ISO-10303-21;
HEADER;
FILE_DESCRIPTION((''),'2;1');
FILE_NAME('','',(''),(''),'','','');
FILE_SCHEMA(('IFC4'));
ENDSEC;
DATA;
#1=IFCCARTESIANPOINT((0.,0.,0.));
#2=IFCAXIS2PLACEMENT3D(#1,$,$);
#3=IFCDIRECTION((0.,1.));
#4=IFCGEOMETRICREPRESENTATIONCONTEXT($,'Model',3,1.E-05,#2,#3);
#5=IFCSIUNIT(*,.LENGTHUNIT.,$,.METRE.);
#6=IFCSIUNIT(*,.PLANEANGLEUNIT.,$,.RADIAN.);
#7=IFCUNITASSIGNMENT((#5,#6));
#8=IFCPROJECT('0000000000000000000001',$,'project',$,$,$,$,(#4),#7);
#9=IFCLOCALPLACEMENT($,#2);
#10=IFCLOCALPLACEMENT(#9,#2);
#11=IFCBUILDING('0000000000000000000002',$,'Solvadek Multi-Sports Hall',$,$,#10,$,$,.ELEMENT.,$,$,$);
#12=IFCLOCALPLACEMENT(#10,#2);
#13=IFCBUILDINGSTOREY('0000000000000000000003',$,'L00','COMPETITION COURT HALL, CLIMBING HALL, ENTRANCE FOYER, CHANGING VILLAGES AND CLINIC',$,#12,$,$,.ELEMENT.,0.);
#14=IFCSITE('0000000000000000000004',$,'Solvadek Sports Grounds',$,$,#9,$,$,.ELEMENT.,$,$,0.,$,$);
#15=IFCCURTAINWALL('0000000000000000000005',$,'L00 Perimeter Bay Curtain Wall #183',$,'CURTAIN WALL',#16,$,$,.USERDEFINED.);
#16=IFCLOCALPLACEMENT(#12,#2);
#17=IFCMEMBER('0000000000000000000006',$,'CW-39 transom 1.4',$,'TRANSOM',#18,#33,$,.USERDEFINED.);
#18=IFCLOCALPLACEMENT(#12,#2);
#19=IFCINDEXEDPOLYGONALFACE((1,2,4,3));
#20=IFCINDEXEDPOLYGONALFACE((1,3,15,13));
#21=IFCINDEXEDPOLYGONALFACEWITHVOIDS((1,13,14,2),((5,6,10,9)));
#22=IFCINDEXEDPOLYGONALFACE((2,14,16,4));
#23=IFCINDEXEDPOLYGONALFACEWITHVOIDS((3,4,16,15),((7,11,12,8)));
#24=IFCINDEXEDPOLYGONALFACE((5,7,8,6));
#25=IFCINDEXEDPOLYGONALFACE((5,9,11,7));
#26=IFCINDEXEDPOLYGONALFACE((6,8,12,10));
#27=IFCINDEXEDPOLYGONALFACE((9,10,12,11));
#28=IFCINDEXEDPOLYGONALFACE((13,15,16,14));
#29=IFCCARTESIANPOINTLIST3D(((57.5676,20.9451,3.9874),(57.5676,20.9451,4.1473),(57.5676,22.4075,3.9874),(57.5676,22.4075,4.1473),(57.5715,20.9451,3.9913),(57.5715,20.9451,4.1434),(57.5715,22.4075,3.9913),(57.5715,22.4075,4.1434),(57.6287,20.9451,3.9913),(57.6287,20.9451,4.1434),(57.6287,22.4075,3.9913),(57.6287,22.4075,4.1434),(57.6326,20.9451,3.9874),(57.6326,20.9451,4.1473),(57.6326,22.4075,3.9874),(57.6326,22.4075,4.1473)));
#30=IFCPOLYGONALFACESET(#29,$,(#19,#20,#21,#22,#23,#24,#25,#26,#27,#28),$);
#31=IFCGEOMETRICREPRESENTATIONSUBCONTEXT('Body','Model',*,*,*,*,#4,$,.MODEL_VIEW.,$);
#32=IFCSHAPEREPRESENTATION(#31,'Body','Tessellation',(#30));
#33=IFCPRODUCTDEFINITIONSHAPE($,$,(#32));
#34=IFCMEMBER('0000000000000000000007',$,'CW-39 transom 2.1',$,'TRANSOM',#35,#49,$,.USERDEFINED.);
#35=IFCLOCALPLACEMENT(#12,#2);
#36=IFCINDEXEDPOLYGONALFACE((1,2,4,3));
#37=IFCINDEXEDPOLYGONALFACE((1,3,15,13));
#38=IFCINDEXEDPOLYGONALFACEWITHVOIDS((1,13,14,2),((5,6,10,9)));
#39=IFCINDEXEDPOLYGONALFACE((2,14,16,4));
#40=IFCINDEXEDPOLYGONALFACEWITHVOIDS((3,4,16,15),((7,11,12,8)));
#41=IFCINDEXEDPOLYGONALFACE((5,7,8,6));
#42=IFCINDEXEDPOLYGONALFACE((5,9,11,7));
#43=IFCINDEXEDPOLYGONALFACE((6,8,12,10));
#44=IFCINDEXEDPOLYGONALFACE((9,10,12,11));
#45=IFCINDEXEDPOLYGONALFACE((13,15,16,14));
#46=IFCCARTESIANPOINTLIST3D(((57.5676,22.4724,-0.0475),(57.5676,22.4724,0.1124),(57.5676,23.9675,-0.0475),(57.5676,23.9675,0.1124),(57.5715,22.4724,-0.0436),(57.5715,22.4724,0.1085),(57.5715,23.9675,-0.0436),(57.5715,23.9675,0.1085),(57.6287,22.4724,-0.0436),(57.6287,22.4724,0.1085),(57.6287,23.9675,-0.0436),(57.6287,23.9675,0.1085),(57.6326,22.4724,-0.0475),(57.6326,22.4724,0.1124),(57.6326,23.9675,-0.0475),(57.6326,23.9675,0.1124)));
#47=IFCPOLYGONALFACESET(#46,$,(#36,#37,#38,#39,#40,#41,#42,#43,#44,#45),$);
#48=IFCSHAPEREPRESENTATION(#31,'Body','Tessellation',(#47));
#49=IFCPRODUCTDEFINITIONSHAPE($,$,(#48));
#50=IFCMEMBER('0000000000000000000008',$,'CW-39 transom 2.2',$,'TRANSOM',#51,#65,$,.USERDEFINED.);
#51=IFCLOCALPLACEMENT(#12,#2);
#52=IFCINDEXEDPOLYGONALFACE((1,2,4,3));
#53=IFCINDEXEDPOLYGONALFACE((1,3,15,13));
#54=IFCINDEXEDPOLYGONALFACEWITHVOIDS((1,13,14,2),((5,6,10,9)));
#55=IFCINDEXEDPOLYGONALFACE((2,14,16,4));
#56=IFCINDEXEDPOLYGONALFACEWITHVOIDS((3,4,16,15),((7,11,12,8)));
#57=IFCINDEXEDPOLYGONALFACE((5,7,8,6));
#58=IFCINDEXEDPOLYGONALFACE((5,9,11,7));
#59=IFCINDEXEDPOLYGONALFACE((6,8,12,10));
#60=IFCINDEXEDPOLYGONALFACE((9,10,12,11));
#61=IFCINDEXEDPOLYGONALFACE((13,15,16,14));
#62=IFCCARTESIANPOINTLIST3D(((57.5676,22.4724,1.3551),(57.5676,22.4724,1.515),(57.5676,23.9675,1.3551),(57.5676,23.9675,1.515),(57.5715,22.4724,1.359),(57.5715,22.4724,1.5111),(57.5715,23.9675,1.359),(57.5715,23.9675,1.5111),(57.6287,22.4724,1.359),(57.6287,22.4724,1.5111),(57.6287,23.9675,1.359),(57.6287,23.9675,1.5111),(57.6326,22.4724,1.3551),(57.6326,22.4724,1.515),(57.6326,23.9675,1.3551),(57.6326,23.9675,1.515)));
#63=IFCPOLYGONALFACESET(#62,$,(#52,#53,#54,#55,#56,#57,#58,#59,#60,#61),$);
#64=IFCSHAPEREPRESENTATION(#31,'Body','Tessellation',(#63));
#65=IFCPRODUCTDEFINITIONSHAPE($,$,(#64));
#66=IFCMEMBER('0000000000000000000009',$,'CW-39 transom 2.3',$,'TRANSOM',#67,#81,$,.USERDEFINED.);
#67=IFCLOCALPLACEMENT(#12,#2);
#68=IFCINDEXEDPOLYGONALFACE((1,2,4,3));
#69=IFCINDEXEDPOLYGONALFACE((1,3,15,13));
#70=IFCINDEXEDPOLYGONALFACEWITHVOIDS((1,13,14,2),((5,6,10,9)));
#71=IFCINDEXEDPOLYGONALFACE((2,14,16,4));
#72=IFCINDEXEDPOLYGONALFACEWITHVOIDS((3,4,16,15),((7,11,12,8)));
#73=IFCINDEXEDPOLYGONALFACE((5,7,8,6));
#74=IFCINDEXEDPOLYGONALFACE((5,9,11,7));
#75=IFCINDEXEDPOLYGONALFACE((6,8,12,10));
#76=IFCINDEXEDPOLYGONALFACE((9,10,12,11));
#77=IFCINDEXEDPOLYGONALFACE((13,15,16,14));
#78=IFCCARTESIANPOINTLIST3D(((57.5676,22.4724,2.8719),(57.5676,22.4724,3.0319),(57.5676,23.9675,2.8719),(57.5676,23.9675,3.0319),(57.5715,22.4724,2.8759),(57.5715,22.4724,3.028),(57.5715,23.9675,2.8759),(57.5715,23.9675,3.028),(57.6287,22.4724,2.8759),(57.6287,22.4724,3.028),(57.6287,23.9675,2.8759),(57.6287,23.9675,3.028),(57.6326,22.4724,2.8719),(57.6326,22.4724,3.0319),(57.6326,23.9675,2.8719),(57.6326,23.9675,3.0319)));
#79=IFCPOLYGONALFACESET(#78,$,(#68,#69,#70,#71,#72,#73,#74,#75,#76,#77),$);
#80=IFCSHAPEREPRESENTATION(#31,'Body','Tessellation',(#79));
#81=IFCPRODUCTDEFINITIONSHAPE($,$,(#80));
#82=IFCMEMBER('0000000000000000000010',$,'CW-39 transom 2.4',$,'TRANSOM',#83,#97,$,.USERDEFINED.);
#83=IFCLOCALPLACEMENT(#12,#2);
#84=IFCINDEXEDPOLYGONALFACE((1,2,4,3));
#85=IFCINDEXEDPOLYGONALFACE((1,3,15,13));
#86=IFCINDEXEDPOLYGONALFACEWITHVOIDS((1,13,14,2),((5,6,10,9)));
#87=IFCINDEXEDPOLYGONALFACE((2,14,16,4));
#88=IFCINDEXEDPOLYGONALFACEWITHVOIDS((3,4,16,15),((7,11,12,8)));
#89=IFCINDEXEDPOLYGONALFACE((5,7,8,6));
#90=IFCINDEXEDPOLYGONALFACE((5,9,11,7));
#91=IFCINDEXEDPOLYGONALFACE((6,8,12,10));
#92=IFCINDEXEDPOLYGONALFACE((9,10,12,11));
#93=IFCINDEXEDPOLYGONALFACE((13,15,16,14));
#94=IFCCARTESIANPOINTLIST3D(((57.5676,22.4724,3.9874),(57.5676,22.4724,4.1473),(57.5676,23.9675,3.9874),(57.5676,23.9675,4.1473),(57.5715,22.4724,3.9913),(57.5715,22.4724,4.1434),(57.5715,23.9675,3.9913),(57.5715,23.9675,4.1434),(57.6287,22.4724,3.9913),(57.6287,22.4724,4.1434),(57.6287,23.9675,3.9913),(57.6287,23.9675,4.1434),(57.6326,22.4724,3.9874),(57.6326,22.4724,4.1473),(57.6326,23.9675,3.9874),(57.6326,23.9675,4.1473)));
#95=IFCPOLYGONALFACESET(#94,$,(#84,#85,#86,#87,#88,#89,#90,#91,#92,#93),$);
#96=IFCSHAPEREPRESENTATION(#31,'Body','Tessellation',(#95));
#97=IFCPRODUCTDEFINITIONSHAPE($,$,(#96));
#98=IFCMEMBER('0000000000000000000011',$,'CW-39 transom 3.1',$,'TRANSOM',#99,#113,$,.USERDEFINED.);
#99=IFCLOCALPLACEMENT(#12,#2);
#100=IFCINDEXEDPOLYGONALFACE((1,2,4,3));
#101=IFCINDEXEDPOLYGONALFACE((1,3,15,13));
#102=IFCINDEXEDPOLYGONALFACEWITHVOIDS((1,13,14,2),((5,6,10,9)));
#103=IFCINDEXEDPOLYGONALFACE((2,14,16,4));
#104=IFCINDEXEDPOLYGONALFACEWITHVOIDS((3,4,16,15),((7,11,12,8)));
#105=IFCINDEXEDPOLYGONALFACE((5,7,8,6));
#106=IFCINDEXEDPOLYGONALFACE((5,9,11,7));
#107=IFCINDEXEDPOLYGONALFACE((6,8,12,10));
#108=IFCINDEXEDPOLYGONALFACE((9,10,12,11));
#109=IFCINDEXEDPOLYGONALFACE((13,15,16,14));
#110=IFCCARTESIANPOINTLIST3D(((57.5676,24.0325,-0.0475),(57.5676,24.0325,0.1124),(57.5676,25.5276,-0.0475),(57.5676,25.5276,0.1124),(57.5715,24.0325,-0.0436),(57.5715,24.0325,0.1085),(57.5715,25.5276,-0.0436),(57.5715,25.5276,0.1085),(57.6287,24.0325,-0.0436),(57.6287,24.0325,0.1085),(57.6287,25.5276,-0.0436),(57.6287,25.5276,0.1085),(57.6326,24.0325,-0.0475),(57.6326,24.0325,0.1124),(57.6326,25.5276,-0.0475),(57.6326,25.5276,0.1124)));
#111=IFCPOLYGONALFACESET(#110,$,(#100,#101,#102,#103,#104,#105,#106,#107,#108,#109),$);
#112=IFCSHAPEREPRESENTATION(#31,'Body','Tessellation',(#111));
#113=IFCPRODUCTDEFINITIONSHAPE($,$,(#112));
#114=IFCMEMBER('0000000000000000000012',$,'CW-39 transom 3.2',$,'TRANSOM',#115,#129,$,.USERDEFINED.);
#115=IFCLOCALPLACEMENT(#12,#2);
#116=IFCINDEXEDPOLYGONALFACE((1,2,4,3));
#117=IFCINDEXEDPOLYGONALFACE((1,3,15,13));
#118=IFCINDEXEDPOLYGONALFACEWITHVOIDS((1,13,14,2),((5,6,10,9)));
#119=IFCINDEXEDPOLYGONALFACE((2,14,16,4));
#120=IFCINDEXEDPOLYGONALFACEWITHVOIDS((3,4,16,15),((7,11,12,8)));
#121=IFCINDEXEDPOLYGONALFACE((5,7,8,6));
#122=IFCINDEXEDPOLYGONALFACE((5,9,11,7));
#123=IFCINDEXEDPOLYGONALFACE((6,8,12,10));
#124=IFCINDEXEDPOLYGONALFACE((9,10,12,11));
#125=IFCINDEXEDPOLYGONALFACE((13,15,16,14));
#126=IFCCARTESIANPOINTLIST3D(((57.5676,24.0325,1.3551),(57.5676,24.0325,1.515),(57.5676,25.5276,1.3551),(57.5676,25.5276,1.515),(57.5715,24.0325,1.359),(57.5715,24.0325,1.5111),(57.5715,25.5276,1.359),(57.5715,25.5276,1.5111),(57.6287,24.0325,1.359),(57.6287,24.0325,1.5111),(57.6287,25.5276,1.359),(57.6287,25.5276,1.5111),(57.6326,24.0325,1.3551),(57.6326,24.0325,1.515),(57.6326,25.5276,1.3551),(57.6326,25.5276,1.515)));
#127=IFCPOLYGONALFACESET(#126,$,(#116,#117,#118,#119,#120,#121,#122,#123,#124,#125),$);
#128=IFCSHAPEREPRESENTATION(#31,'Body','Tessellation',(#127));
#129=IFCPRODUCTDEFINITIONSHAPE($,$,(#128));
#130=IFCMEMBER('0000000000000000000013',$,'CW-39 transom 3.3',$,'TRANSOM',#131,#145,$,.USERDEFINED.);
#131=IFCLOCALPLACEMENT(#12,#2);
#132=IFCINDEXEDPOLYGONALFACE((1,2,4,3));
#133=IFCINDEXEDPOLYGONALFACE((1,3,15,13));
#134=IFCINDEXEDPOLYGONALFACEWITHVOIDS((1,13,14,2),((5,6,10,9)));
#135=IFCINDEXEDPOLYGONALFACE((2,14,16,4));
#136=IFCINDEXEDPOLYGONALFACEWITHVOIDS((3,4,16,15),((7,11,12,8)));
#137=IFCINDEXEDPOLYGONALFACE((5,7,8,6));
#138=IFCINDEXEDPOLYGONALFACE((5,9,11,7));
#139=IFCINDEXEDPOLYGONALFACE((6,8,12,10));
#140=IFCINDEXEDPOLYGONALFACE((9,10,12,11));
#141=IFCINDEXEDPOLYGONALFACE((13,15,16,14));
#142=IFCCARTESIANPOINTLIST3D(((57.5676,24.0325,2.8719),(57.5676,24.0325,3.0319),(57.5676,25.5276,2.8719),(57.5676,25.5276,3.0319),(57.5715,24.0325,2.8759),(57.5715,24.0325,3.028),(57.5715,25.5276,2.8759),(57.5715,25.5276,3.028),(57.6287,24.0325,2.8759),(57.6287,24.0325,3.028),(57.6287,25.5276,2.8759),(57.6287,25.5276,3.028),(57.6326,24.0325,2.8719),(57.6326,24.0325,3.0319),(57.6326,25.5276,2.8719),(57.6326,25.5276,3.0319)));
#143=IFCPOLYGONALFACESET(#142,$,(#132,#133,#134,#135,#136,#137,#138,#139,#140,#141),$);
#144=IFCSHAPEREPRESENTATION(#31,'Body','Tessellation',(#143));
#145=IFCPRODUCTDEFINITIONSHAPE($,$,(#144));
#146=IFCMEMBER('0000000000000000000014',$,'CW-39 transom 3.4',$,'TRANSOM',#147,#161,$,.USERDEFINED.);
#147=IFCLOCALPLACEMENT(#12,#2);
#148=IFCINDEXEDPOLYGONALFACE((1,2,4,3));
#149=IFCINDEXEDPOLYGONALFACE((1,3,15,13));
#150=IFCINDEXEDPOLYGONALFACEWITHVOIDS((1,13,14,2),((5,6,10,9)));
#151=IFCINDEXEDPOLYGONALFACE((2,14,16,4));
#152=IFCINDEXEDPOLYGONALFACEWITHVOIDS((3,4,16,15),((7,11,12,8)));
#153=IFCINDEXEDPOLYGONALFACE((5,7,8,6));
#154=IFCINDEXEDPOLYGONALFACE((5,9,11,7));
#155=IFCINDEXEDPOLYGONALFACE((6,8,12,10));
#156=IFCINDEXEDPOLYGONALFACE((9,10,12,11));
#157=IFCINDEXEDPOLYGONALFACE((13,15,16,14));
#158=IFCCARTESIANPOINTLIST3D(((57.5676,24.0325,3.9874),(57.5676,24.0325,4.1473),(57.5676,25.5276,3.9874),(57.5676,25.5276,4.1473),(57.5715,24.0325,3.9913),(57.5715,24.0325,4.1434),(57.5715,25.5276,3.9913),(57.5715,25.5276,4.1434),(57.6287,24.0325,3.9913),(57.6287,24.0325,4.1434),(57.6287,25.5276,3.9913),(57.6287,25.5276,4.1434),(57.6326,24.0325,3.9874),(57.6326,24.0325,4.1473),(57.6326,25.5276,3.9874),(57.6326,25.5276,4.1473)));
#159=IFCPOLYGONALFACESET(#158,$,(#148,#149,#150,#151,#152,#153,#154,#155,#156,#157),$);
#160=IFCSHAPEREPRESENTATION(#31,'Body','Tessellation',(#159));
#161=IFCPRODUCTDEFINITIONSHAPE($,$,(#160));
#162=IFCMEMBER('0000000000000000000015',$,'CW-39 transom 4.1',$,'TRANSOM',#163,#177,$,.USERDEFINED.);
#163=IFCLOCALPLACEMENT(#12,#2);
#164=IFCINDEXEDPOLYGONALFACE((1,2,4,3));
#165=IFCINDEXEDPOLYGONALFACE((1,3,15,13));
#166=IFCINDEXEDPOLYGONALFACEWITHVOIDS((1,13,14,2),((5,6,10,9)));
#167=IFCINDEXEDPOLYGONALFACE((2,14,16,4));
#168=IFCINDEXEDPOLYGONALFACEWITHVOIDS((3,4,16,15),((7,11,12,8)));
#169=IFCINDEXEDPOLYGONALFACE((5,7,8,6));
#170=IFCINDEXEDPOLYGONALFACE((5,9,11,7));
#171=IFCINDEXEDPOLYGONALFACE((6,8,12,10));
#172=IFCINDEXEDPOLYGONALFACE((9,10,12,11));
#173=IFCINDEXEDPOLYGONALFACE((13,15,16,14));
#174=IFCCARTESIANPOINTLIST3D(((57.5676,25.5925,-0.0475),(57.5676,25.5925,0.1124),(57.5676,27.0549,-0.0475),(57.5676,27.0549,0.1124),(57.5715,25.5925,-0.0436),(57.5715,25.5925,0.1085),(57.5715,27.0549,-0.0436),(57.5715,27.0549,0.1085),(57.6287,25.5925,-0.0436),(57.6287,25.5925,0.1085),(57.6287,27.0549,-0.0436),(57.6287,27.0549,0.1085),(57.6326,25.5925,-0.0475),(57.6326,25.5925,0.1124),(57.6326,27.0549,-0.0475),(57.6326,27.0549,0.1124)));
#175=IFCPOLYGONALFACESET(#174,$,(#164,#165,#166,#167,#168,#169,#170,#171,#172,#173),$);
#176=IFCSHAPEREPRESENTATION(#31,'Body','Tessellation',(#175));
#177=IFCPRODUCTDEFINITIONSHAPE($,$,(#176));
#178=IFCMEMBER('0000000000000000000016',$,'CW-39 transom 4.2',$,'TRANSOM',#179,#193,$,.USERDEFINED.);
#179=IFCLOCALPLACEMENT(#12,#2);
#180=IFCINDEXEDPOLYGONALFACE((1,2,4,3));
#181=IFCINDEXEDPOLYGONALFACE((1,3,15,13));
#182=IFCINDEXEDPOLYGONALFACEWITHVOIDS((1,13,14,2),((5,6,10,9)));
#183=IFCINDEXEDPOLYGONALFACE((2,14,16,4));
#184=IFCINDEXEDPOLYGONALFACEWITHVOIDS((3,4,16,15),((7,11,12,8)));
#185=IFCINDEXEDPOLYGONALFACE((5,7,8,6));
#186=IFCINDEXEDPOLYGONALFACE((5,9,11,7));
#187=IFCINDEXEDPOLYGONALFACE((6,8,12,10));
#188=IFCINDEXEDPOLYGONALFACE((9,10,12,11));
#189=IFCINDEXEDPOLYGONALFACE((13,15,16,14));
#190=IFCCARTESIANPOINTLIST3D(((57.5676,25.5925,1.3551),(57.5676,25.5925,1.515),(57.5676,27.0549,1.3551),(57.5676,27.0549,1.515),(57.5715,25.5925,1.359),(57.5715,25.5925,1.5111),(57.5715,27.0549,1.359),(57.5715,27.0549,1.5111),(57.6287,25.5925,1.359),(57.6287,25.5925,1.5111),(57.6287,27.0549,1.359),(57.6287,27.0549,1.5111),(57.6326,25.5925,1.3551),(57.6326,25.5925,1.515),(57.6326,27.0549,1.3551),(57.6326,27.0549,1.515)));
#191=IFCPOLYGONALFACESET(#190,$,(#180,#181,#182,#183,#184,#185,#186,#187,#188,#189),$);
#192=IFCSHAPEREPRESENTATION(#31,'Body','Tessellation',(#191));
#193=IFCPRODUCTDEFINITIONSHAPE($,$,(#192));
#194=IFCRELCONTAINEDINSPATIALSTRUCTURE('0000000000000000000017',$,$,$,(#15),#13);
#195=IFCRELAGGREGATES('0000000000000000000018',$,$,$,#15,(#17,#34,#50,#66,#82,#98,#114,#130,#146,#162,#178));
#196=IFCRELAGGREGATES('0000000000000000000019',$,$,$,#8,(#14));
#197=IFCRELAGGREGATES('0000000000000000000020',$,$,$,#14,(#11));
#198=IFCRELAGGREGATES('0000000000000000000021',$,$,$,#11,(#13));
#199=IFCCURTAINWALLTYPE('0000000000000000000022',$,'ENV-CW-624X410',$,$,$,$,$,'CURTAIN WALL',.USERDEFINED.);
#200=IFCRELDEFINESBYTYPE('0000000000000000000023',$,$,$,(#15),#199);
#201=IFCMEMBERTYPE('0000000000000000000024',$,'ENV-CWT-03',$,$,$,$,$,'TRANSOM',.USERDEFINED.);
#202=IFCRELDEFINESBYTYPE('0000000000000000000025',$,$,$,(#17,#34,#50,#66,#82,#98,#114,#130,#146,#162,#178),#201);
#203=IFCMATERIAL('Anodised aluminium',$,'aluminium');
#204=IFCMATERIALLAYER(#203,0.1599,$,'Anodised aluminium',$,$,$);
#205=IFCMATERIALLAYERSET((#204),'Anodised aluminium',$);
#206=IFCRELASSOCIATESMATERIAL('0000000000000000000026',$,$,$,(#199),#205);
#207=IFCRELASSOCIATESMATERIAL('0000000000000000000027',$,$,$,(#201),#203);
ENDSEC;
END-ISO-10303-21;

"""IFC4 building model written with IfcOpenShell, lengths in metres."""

from ifc_helpers import new_model, si_unit, direction, frame, origin, origin_2d, place, context, subcontext, project, spatial, hollow_rectangle, extrude, material, layer, layer_set, material_profile, profile_set, type_object, element, aggregate, save


model = new_model("IFC4")

# Units and contexts
model_context = context("Model", 3, precision=1e-05, world=origin(), true_north=direction((0.0, 1.0)))
body_context = subcontext(model_context, "Body", "Model", "MODEL_VIEW")
ifc_project = project(units=[si_unit("LENGTHUNIT", "METRE"), si_unit("PLANEANGLEUNIT", "RADIAN")], contexts=[model_context])

# Site, building, storey
site_placement = place(None, origin())
site = spatial("IfcSite", under=ifc_project, at=site_placement, Name="Solvadek Sports Grounds", CompositionType="ELEMENT", RefElevation=0.0)
building_placement = place(site_placement, origin())
building = spatial("IfcBuilding", under=site, at=building_placement, Name="Solvadek Multi-Sports Hall", CompositionType="ELEMENT")
storey_placement = place(building_placement, origin())
storey = spatial("IfcBuildingStorey", under=building, at=storey_placement, Name="L00", Description="COMPETITION COURT HALL, CLIMBING HALL, ENTRANCE FOYER, CHANGING VILLAGES AND CLINIC", CompositionType="ELEMENT", Elevation=0.0)

# Shared definitions
ifc_material_1 = material(Name="Anodised aluminium", Category="aluminium")

# Curtain wall, members
ifc_layer_1 = layer(ifc_material_1, 0.1599, Name="Anodised aluminium")
ifc_layer_set_1 = layer_set([ifc_layer_1], Name="Anodised aluminium")
curtain_wall_type_1 = type_object("IfcCurtainWallType", Name="ENV-CW-624X410", ElementType="CURTAIN WALL", PredefinedType="USERDEFINED", material=ifc_layer_set_1)
curtain_wall_1_placement = place(storey_placement, origin())
curtain_wall_1 = element("IfcCurtainWall", 1, at=curtain_wall_1_placement, inside=storey, type_object=curtain_wall_type_1, Name="L00 Perimeter Bay Curtain Wall #183", ObjectType="CURTAIN WALL", PredefinedType="USERDEFINED")
ifc_material_profile_1 = material_profile(ifc_material_1, hollow_rectangle(XDim=0.0649, YDim=0.1599, WallThickness=0.0039, at=origin_2d()), Name="ALU-T 160x65x4")
ifc_profile_set_1 = profile_set([ifc_material_profile_1], Name="Anodised aluminium")
member_type_1 = type_object("IfcMemberType", Name="ENV-CWT-03", ElementType="TRANSOM", PredefinedType="USERDEFINED", material=ifc_profile_set_1)
member_1_placement = place(storey_placement, frame((57.6001, 20.9451, 4.0674), z_axis=(0.0, 1.0, 0.0), x_axis=(-1.0, 0.0, 0.0)))
member_1 = element("IfcMember", 2, at=member_1_placement, type_object=member_type_1, Name="CW-39 transom 1.4", ObjectType="TRANSOM", PredefinedType="USERDEFINED", context=body_context, shape_type="SweptSolid", body=[
    extrude(hollow_rectangle(XDim=0.0649, YDim=0.1599, WallThickness=0.0039, at=origin_2d()), origin(), (0.0, 0.0, 1.0), 1.4624),
])
member_2_placement = place(storey_placement, frame((57.6001, 22.4724, 0.0325), z_axis=(0.0, 1.0, 0.0), x_axis=(-1.0, 0.0, 0.0)))
member_2 = element("IfcMember", 3, at=member_2_placement, type_object=member_type_1, Name="CW-39 transom 2.1", ObjectType="TRANSOM", PredefinedType="USERDEFINED", context=body_context, shape_type="SweptSolid", body=[
    extrude(hollow_rectangle(XDim=0.0649, YDim=0.1599, WallThickness=0.0039, at=origin_2d()), origin(), (0.0, 0.0, 1.0), 1.4951),
])
member_3_placement = place(storey_placement, frame((57.6001, 22.4724, 1.4351), z_axis=(0.0, 1.0, 0.0), x_axis=(-1.0, 0.0, 0.0)))
member_3 = element("IfcMember", 4, at=member_3_placement, type_object=member_type_1, Name="CW-39 transom 2.2", ObjectType="TRANSOM", PredefinedType="USERDEFINED", context=body_context, shape_type="SweptSolid", body=[
    extrude(hollow_rectangle(XDim=0.0649, YDim=0.1599, WallThickness=0.0039, at=origin_2d()), origin(), (0.0, 0.0, 1.0), 1.4951),
])
member_4_placement = place(storey_placement, frame((57.6001, 22.4724, 2.9519), z_axis=(0.0, 1.0, 0.0), x_axis=(-1.0, 0.0, 0.0)))
member_4 = element("IfcMember", 5, at=member_4_placement, type_object=member_type_1, Name="CW-39 transom 2.3", ObjectType="TRANSOM", PredefinedType="USERDEFINED", context=body_context, shape_type="SweptSolid", body=[
    extrude(hollow_rectangle(XDim=0.0649, YDim=0.1599, WallThickness=0.0039, at=origin_2d()), origin(), (0.0, 0.0, 1.0), 1.4951),
])
member_5_placement = place(storey_placement, frame((57.6001, 22.4724, 4.0674), z_axis=(0.0, 1.0, 0.0), x_axis=(-1.0, 0.0, 0.0)))
member_5 = element("IfcMember", 6, at=member_5_placement, type_object=member_type_1, Name="CW-39 transom 2.4", ObjectType="TRANSOM", PredefinedType="USERDEFINED", context=body_context, shape_type="SweptSolid", body=[
    extrude(hollow_rectangle(XDim=0.0649, YDim=0.1599, WallThickness=0.0039, at=origin_2d()), origin(), (0.0, 0.0, 1.0), 1.4951),
])
member_6_placement = place(storey_placement, frame((57.6001, 24.0325, 0.0325), z_axis=(0.0, 1.0, 0.0), x_axis=(-1.0, 0.0, 0.0)))
member_6 = element("IfcMember", 7, at=member_6_placement, type_object=member_type_1, Name="CW-39 transom 3.1", ObjectType="TRANSOM", PredefinedType="USERDEFINED", context=body_context, shape_type="SweptSolid", body=[
    extrude(hollow_rectangle(XDim=0.0649, YDim=0.1599, WallThickness=0.0039, at=origin_2d()), origin(), (0.0, 0.0, 1.0), 1.4951),
])
member_7_placement = place(storey_placement, frame((57.6001, 24.0325, 1.4351), z_axis=(0.0, 1.0, 0.0), x_axis=(-1.0, 0.0, 0.0)))
member_7 = element("IfcMember", 8, at=member_7_placement, type_object=member_type_1, Name="CW-39 transom 3.2", ObjectType="TRANSOM", PredefinedType="USERDEFINED", context=body_context, shape_type="SweptSolid", body=[
    extrude(hollow_rectangle(XDim=0.0649, YDim=0.1599, WallThickness=0.0039, at=origin_2d()), origin(), (0.0, 0.0, 1.0), 1.4951),
])
member_8_placement = place(storey_placement, frame((57.6001, 24.0325, 2.9519), z_axis=(0.0, 1.0, 0.0), x_axis=(-1.0, 0.0, 0.0)))
member_8 = element("IfcMember", 9, at=member_8_placement, type_object=member_type_1, Name="CW-39 transom 3.3", ObjectType="TRANSOM", PredefinedType="USERDEFINED", context=body_context, shape_type="SweptSolid", body=[
    extrude(hollow_rectangle(XDim=0.0649, YDim=0.1599, WallThickness=0.0039, at=origin_2d()), origin(), (0.0, 0.0, 1.0), 1.4951),
])
member_9_placement = place(storey_placement, frame((57.6001, 24.0325, 4.0674), z_axis=(0.0, 1.0, 0.0), x_axis=(-1.0, 0.0, 0.0)))
member_9 = element("IfcMember", 10, at=member_9_placement, type_object=member_type_1, Name="CW-39 transom 3.4", ObjectType="TRANSOM", PredefinedType="USERDEFINED", context=body_context, shape_type="SweptSolid", body=[
    extrude(hollow_rectangle(XDim=0.0649, YDim=0.1599, WallThickness=0.0039, at=origin_2d()), origin(), (0.0, 0.0, 1.0), 1.4951),
])
member_10_placement = place(storey_placement, frame((57.6001, 25.5925, 0.0325), z_axis=(0.0, 1.0, 0.0), x_axis=(-1.0, 0.0, 0.0)))
member_10 = element("IfcMember", 11, at=member_10_placement, type_object=member_type_1, Name="CW-39 transom 4.1", ObjectType="TRANSOM", PredefinedType="USERDEFINED", context=body_context, shape_type="SweptSolid", body=[
    extrude(hollow_rectangle(XDim=0.0649, YDim=0.1599, WallThickness=0.0039, at=origin_2d()), origin(), (0.0, 0.0, 1.0), 1.4624),
])
member_11_placement = place(storey_placement, frame((57.6001, 25.5925, 1.4351), z_axis=(0.0, 1.0, 0.0), x_axis=(-1.0, 0.0, 0.0)))
member_11 = element("IfcMember", 12, at=member_11_placement, type_object=member_type_1, Name="CW-39 transom 4.2", ObjectType="TRANSOM", PredefinedType="USERDEFINED", context=body_context, shape_type="SweptSolid", body=[
    extrude(hollow_rectangle(XDim=0.0649, YDim=0.1599, WallThickness=0.0039, at=origin_2d()), origin(), (0.0, 0.0, 1.0), 1.4624),
])

aggregate(curtain_wall_1, [member_1, member_2, member_3, member_4, member_5, member_6, member_7, member_8, member_9, member_10, member_11])

save(model, "model.ifc")
